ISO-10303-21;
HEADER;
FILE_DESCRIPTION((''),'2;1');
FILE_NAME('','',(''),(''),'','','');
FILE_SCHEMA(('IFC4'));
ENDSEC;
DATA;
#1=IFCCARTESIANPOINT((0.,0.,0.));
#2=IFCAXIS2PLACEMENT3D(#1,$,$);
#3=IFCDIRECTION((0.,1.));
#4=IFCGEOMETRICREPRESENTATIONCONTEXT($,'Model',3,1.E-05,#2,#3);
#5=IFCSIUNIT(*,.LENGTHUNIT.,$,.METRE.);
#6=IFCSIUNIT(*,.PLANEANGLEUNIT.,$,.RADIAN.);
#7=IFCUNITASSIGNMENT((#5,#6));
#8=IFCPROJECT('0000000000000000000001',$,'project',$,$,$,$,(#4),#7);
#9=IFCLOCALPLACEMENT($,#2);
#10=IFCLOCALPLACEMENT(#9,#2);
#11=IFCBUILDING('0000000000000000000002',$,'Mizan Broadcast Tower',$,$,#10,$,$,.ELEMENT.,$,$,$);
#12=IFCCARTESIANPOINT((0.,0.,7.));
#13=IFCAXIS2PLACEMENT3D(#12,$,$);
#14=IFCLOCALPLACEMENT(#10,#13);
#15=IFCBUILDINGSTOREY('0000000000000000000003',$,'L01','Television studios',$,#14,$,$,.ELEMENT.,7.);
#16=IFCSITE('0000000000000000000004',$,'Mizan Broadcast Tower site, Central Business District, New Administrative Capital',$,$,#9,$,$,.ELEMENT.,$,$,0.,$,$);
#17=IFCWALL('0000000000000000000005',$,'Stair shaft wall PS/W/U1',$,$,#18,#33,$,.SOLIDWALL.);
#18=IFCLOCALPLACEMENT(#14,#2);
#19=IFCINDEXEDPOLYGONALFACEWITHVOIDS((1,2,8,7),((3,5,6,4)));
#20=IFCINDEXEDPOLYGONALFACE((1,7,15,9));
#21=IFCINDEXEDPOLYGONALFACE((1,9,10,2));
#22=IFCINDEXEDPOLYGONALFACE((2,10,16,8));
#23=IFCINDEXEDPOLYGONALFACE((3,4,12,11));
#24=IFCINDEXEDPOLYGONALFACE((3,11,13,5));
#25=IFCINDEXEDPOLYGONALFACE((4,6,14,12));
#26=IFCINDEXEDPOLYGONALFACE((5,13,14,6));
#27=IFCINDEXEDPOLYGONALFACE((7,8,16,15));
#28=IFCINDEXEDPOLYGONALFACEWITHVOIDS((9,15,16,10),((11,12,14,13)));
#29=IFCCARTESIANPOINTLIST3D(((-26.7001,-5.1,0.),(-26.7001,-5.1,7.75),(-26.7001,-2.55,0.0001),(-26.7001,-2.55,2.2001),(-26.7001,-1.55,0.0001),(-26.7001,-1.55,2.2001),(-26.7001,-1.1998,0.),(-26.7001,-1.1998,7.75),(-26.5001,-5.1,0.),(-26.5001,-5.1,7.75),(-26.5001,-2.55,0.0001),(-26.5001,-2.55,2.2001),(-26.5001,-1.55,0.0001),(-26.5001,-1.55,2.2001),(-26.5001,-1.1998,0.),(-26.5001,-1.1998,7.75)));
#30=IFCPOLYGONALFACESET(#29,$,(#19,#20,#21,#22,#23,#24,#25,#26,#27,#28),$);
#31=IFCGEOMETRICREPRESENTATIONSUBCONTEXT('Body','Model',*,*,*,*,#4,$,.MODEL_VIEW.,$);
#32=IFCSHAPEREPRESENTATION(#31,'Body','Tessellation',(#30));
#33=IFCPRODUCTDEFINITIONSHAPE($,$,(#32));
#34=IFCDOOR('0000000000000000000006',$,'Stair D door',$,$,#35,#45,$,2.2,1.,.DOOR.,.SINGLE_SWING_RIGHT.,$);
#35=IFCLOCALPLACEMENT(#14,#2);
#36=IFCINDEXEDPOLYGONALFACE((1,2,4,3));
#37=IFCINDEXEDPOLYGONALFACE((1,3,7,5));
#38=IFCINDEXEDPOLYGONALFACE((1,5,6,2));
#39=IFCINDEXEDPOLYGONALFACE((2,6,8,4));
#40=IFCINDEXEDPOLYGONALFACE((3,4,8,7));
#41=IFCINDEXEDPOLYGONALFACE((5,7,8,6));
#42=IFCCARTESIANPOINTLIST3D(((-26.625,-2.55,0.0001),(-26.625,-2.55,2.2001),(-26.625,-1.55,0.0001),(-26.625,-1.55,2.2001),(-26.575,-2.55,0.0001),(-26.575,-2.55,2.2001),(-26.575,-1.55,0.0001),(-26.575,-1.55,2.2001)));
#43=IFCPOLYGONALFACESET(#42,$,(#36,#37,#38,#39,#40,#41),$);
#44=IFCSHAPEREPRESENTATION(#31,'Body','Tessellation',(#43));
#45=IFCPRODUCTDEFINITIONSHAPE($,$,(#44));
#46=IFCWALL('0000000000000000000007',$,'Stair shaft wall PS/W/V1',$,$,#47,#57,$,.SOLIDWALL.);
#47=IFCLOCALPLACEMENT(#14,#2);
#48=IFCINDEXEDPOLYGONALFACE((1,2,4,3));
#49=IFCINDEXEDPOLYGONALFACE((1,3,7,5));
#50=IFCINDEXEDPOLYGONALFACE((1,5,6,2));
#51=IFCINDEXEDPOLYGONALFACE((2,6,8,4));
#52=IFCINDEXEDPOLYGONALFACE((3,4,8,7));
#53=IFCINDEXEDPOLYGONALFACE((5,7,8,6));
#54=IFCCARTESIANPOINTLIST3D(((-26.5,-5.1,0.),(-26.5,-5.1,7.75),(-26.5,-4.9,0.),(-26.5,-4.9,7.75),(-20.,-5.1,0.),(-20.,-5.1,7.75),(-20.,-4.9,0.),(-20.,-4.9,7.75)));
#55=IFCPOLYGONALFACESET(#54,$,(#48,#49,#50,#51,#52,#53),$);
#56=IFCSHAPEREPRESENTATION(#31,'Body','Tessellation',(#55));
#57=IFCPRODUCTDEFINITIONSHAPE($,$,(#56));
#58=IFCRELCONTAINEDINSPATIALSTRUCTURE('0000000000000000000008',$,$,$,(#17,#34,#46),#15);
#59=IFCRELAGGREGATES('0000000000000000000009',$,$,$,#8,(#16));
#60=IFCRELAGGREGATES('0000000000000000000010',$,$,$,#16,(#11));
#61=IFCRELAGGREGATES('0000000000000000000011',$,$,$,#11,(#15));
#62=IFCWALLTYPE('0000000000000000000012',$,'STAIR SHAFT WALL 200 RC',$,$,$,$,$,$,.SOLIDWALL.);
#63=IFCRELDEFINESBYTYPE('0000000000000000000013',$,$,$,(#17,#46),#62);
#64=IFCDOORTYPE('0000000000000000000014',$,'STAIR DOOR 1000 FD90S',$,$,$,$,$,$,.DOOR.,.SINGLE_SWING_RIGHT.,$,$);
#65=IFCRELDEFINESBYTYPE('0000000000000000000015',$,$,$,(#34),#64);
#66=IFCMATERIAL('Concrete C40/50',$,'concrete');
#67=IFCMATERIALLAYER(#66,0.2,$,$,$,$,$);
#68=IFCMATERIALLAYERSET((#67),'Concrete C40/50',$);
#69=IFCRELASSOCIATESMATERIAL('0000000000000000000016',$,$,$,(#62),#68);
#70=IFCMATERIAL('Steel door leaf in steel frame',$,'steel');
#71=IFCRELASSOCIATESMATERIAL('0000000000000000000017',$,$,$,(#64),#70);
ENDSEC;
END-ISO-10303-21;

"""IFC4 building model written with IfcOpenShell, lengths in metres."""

from ifc_helpers import new_model, si_unit, direction, frame, frame_2d, origin, place, context, subcontext, project, spatial, rectangle, extrude, material, layer, layer_set, type_object, element, fill, save


model = new_model("IFC4")

# Units and contexts
model_context = context("Model", 3, precision=1e-05, world=origin(), true_north=direction((0.0, 1.0)))
body_context = subcontext(model_context, "Body", "Model", "MODEL_VIEW")
ifc_project = project(units=[si_unit("LENGTHUNIT", "METRE"), si_unit("PLANEANGLEUNIT", "RADIAN")], contexts=[model_context])

# Site, building, storey
site_placement = place(None, origin())
site = spatial("IfcSite", under=ifc_project, at=site_placement, Name="Mizan Broadcast Tower site, Central Business District, New Administrative Capital", CompositionType="ELEMENT", RefElevation=0.0)
building_placement = place(site_placement, origin())
building = spatial("IfcBuilding", under=site, at=building_placement, Name="Mizan Broadcast Tower", CompositionType="ELEMENT")
storey_placement = place(building_placement, frame((0.0, 0.0, 7.0)))
storey = spatial("IfcBuildingStorey", under=building, at=storey_placement, Name="L01", Description="Television studios", CompositionType="ELEMENT", Elevation=7.0)

# Wall, opening, door
ifc_material_1 = material(Name="Concrete C40/50", Category="concrete")
ifc_layer_1 = layer(ifc_material_1, 0.2)
ifc_layer_set_1 = layer_set([ifc_layer_1], Name="Concrete C40/50")
wall_type_1 = type_object("IfcWallType", Name="STAIR SHAFT WALL 200 RC", PredefinedType="SOLIDWALL", material=ifc_layer_set_1)
wall_1_placement = place(storey_placement, frame((-26.6001, -5.1001, 0.0), z_axis=(0.0, 0.0, 1.0), x_axis=(0.0, 1.0, 0.0)))
wall_1 = element("IfcWall", 1, at=wall_1_placement, inside=storey, type_object=wall_type_1, Name="Stair shaft wall PS/W/U1", PredefinedType="SOLIDWALL", context=body_context, shape_type="SweptSolid", body=[
    extrude(rectangle(XDim=3.9001, YDim=0.2, at=frame_2d((1.9502, 0.0))), origin(), (0.0, 0.0, 1.0), 7.75),
])
opening_placement = place(wall_1_placement, frame((2.55, 0.0, 0.0)))
opening = element("IfcOpeningElement", 2, at=opening_placement, cuts=wall_1, PredefinedType="OPENING", context=body_context, shape_type="SweptSolid", body=[
    extrude(rectangle(XDim=1.0, YDim=2.2, at=frame_2d((0.5, 1.1001))), frame((0.0, 0.1099, 0.0), z_axis=(0.0, -1.0, 0.0), x_axis=(1.0, 0.0, 0.0)), (0.0, 0.0, 1.0), 0.22),
])
ifc_material_2 = material(Name="Steel door leaf in steel frame", Category="steel")
door_type = type_object("IfcDoorType", Name="STAIR DOOR 1000 FD90S", OperationType="SINGLE_SWING_RIGHT", PredefinedType="DOOR", material=ifc_material_2)
door_placement = place(opening_placement, origin())
door = element("IfcDoor", 3, at=door_placement, inside=storey, type_object=door_type, Name="Stair D door", OperationType="SINGLE_SWING_RIGHT", OverallHeight=2.2, OverallWidth=1.0, PredefinedType="DOOR", context=body_context, shape_type="SweptSolid", body=[
    extrude(rectangle(XDim=1.0, YDim=2.2, at=frame_2d((0.5, 1.1001))), frame((0.0, 0.0249, 0.0), z_axis=(0.0, -1.0, 0.0), x_axis=(1.0, 0.0, 0.0)), (0.0, 0.0, 1.0), 0.05),
])
fill(opening, door)

# Wall
wall_2_placement = place(storey_placement, frame((-26.5, -5.0, 0.0), z_axis=(0.0, 0.0, 1.0), x_axis=(1.0, 0.0, 0.0)))
element("IfcWall", 4, at=wall_2_placement, inside=storey, type_object=wall_type_1, Name="Stair shaft wall PS/W/V1", PredefinedType="SOLIDWALL", context=body_context, shape_type="SweptSolid", body=[
    extrude(rectangle(XDim=6.5, YDim=0.2, at=frame_2d((3.25, 0.0))), origin(), (0.0, 0.0, 1.0), 7.75),
])

save(model, "model.ifc")
